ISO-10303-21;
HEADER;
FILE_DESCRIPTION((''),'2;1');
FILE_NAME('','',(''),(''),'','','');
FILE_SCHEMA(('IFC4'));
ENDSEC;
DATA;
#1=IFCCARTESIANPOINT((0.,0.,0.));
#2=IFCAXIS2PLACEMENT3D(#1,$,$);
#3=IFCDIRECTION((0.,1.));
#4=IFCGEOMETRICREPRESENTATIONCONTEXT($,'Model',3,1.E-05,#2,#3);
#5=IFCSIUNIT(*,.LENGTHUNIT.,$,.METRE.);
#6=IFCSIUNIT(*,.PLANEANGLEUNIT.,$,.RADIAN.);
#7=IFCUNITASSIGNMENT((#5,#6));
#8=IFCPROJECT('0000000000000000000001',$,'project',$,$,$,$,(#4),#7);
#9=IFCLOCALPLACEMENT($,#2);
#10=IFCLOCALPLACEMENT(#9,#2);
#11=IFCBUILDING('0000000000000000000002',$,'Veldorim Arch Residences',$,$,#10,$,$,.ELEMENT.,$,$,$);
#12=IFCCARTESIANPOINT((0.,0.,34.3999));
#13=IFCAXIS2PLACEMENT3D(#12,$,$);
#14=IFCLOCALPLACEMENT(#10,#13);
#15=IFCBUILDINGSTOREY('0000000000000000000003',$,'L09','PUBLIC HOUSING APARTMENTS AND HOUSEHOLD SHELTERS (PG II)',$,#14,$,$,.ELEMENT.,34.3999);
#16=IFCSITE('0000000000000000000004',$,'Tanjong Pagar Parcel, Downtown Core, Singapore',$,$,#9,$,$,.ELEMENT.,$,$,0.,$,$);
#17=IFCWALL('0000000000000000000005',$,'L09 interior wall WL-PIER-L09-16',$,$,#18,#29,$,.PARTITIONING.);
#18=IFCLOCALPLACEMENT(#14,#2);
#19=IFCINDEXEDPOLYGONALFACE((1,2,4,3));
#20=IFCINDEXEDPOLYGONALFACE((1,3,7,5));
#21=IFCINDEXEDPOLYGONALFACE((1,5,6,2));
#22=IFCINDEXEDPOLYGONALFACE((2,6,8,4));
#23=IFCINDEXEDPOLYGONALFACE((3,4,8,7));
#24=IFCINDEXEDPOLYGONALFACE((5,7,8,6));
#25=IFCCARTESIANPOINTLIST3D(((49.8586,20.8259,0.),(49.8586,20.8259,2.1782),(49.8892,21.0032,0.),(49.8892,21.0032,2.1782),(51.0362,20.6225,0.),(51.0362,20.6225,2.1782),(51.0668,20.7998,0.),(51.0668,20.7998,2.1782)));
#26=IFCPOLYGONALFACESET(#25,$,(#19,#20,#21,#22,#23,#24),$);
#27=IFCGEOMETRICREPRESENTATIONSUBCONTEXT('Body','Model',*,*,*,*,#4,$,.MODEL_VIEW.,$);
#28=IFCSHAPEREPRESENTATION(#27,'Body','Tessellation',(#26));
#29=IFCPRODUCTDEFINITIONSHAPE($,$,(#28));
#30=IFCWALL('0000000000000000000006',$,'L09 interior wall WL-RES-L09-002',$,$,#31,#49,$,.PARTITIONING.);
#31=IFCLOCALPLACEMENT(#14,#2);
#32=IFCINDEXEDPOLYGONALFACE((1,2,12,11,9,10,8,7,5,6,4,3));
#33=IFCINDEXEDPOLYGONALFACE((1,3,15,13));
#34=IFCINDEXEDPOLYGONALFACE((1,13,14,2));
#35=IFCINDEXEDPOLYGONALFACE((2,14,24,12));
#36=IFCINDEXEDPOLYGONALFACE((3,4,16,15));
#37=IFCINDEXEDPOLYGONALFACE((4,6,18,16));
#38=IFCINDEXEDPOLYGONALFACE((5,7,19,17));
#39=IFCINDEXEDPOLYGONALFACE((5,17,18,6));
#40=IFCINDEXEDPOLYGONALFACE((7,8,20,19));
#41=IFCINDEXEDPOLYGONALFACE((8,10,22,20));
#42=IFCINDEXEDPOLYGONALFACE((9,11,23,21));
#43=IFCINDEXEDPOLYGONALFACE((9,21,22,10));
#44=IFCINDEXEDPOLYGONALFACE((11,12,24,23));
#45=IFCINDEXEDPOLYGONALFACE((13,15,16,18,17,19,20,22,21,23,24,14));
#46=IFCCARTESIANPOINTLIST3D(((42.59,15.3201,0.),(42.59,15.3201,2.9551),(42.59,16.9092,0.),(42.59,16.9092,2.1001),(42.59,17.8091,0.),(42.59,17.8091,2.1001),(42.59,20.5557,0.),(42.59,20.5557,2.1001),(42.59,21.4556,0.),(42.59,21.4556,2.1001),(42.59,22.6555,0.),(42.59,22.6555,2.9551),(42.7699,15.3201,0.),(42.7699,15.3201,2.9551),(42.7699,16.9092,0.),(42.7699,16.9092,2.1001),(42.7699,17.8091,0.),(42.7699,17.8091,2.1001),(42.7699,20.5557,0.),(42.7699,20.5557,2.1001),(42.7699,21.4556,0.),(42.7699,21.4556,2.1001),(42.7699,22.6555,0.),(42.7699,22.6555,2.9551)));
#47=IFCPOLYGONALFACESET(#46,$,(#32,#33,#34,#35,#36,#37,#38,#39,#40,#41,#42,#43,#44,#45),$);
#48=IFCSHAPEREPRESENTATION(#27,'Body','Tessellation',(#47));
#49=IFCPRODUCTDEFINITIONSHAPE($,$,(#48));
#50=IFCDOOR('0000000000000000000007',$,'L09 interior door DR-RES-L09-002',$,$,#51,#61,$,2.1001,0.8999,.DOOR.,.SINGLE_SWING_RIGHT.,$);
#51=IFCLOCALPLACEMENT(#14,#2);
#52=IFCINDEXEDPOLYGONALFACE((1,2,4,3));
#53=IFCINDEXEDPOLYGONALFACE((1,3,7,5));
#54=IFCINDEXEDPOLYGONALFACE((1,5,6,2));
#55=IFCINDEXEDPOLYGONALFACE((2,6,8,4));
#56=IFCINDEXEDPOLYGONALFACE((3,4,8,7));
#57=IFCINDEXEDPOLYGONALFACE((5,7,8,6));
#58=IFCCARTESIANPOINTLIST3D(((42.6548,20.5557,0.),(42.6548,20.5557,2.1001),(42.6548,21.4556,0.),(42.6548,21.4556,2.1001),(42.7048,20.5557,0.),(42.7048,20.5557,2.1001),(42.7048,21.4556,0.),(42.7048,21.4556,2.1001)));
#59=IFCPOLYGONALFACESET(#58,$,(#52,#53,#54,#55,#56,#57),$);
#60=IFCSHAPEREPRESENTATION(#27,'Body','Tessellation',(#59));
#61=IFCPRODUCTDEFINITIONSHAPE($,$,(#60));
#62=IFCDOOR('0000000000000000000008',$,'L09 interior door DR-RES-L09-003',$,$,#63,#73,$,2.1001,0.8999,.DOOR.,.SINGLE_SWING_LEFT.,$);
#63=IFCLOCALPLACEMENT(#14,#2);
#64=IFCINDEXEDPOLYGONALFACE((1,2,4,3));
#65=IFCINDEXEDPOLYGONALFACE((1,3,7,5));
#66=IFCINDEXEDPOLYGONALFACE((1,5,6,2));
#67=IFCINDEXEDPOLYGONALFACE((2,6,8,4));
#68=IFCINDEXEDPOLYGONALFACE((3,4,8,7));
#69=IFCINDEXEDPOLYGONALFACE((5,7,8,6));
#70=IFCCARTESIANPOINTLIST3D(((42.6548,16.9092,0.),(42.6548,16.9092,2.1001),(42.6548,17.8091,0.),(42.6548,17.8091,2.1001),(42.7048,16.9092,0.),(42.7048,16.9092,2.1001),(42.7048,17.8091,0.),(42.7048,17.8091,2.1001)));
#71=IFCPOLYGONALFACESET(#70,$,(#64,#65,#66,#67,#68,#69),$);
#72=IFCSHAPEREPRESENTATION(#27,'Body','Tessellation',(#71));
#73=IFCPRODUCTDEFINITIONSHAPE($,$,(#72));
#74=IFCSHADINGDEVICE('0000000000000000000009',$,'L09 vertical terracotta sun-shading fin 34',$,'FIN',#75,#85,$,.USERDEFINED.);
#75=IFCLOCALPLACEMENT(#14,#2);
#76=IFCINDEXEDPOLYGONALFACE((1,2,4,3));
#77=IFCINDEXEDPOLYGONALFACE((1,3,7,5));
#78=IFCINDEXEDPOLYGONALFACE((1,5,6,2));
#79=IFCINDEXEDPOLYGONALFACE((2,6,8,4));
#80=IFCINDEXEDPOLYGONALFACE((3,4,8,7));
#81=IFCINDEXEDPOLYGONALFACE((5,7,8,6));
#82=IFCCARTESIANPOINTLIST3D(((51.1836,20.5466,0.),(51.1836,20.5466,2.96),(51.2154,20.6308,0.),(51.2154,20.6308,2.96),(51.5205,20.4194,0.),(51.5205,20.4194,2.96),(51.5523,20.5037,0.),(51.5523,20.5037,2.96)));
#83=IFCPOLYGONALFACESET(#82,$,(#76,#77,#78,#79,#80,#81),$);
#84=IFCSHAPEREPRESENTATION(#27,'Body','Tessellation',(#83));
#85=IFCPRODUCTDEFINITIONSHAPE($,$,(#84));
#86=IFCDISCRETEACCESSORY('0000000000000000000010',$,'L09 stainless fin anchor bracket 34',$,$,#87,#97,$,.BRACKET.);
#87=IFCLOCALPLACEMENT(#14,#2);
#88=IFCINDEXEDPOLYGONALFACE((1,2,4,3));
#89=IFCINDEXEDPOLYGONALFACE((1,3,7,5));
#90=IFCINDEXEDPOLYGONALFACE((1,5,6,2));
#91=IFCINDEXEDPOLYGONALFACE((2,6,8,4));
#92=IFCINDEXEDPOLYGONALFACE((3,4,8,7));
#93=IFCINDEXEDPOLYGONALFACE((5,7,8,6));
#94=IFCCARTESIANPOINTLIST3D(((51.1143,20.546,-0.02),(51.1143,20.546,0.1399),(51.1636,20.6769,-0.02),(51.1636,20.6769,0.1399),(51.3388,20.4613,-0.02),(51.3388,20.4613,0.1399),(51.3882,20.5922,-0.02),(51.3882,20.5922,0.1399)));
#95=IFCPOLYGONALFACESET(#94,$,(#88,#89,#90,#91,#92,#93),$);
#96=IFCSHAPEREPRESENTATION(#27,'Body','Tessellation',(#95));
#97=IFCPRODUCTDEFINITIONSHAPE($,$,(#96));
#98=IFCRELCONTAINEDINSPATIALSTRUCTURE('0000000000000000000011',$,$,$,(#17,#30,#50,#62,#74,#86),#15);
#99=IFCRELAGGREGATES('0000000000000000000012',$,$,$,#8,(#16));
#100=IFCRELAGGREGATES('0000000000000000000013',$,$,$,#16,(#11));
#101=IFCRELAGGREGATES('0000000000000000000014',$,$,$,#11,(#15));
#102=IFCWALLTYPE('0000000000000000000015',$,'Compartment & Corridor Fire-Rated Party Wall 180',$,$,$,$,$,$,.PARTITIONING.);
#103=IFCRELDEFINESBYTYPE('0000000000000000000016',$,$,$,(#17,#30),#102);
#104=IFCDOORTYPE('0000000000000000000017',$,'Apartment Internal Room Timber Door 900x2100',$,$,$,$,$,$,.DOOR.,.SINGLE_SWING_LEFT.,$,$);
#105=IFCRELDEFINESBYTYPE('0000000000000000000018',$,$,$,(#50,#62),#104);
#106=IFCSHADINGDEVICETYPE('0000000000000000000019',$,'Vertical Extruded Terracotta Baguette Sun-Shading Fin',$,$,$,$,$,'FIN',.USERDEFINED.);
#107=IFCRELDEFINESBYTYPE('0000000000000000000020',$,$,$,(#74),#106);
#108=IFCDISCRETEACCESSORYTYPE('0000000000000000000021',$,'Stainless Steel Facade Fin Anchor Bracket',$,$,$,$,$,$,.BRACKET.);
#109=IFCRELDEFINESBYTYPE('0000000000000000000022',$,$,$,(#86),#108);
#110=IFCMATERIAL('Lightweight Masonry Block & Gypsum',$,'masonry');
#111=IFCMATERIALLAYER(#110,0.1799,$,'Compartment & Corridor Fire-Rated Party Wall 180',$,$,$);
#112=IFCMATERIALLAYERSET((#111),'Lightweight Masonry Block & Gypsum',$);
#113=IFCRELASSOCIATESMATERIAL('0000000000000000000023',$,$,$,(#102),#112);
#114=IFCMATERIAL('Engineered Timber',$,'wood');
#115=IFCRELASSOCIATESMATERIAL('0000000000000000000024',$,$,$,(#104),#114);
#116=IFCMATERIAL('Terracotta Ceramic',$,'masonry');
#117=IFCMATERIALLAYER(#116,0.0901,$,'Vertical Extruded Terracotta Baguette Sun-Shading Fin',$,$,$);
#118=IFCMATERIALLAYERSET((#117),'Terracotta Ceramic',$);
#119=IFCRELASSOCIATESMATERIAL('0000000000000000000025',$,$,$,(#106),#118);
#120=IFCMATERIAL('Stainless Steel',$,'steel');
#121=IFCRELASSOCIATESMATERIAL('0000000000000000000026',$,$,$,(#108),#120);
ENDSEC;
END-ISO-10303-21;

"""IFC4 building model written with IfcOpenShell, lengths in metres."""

from ifc_helpers import new_model, si_unit, direction, frame, frame_2d, origin, origin_2d, place, context, subcontext, project, spatial, rectangle, extrude, material, layer, layer_set, type_object, element, fill, save


model = new_model("IFC4")

# Units and contexts
model_context = context("Model", 3, precision=1e-05, world=origin(), true_north=direction((0.0, 1.0)))
body_context = subcontext(model_context, "Body", "Model", "MODEL_VIEW")
ifc_project = project(units=[si_unit("LENGTHUNIT", "METRE"), si_unit("PLANEANGLEUNIT", "RADIAN")], contexts=[model_context])

# Site, building, storey
site_placement = place(None, origin())
site = spatial("IfcSite", under=ifc_project, at=site_placement, Name="Tanjong Pagar Parcel, Downtown Core, Singapore", CompositionType="ELEMENT", RefElevation=0.0)
building_placement = place(site_placement, origin())
building = spatial("IfcBuilding", under=site, at=building_placement, Name="Veldorim Arch Residences", CompositionType="ELEMENT")
storey_placement = place(building_placement, frame((0.0, 0.0, 34.3999)))
storey = spatial("IfcBuildingStorey", under=building, at=storey_placement, Name="L09", Description="PUBLIC HOUSING APARTMENTS AND HOUSEHOLD SHELTERS (PG II)", CompositionType="ELEMENT", Elevation=34.3999)

# Wall
ifc_material_1 = material(Name="Lightweight Masonry Block & Gypsum", Category="masonry")
ifc_layer_1 = layer(ifc_material_1, 0.1799, Name="Compartment & Corridor Fire-Rated Party Wall 180")
ifc_layer_set_1 = layer_set([ifc_layer_1], Name="Lightweight Masonry Block & Gypsum")
wall_type_1 = type_object("IfcWallType", Name="Compartment & Corridor Fire-Rated Party Wall 180", PredefinedType="PARTITIONING", material=ifc_layer_set_1)
wall_1_placement = place(storey_placement, frame((49.8738, 20.9146, 0.0), z_axis=(0.0, 0.0, 1.0), x_axis=(0.985416, -0.17016, 0.0)))
element("IfcWall", 1, at=wall_1_placement, inside=storey, type_object=wall_type_1, Name="L09 interior wall WL-PIER-L09-16", PredefinedType="PARTITIONING", context=body_context, shape_type="SweptSolid", body=[
    extrude(rectangle(XDim=1.1951, YDim=0.1799, at=frame_2d((0.5977, 0.0))), origin(), (0.0, 0.0, 1.0), 2.1782),
])

# Wall, openings, doors
wall_2_placement = place(storey_placement, frame((42.6799, 22.6555, 0.0), z_axis=(0.0, 0.0, 1.0), x_axis=(0.0, -1.0, 0.0)))
wall_2 = element("IfcWall", 2, at=wall_2_placement, inside=storey, type_object=wall_type_1, Name="L09 interior wall WL-RES-L09-002", PredefinedType="PARTITIONING", context=body_context, shape_type="SweptSolid", body=[
    extrude(rectangle(XDim=7.3354, YDim=0.1799, at=frame_2d((3.6677, 0.0))), origin(), (0.0, 0.0, 1.0), 2.9551),
])
opening_1_placement = place(wall_2_placement, frame((1.2, 0.0, 0.0)))
opening_1 = element("IfcOpeningElement", 3, at=opening_1_placement, cuts=wall_2, PredefinedType="OPENING", context=body_context, shape_type="SweptSolid", body=[
    extrude(rectangle(XDim=0.8999, YDim=2.1001, at=frame_2d((0.45, 1.05))), frame((0.0, 0.0999, 0.0), z_axis=(0.0, -1.0, 0.0), x_axis=(1.0, 0.0, 0.0)), (0.0, 0.0, 1.0), 0.2),
])
opening_2_placement = place(wall_2_placement, frame((4.8464, 0.0, 0.0)))
opening_2 = element("IfcOpeningElement", 4, at=opening_2_placement, cuts=wall_2, PredefinedType="OPENING", context=body_context, shape_type="SweptSolid", body=[
    extrude(rectangle(XDim=0.8999, YDim=2.1001, at=frame_2d((0.45, 1.05))), frame((0.0, 0.0999, 0.0), z_axis=(0.0, -1.0, 0.0), x_axis=(1.0, 0.0, 0.0)), (0.0, 0.0, 1.0), 0.2),
])
ifc_material_2 = material(Name="Engineered Timber", Category="wood")
door_type_1 = type_object("IfcDoorType", Name="Apartment Internal Room Timber Door 900x2100", OperationType="SINGLE_SWING_LEFT", PredefinedType="DOOR", material=ifc_material_2)
door_1_placement = place(opening_1_placement, origin())
door_1 = element("IfcDoor", 5, at=door_1_placement, inside=storey, type_object=door_type_1, Name="L09 interior door DR-RES-L09-002", OperationType="SINGLE_SWING_RIGHT", OverallHeight=2.1001, OverallWidth=0.8999, PredefinedType="DOOR", context=body_context, shape_type="SweptSolid", body=[
    extrude(rectangle(XDim=0.8999, YDim=2.1001, at=frame_2d((0.45, 1.05))), frame((0.0, 0.0249, 0.0), z_axis=(0.0, -1.0, 0.0), x_axis=(1.0, 0.0, 0.0)), (0.0, 0.0, 1.0), 0.05),
])
fill(opening_1, door_1)
door_2_placement = place(opening_2_placement, origin())
door_2 = element("IfcDoor", 6, at=door_2_placement, inside=storey, type_object=door_type_1, Name="L09 interior door DR-RES-L09-003", OperationType="SINGLE_SWING_LEFT", OverallHeight=2.1001, OverallWidth=0.8999, PredefinedType="DOOR", context=body_context, shape_type="SweptSolid", body=[
    extrude(rectangle(XDim=0.8999, YDim=2.1001, at=frame_2d((0.45, 1.05))), frame((0.0, 0.0249, 0.0), z_axis=(0.0, -1.0, 0.0), x_axis=(1.0, 0.0, 0.0)), (0.0, 0.0, 1.0), 0.05),
])
fill(opening_2, door_2)

# Shading device
ifc_material_3 = material(Name="Terracotta Ceramic", Category="masonry")
ifc_layer_2 = layer(ifc_material_3, 0.0901, Name="Vertical Extruded Terracotta Baguette Sun-Shading Fin")
ifc_layer_set_2 = layer_set([ifc_layer_2], Name="Terracotta Ceramic")
shading_device_type = type_object("IfcShadingDeviceType", Name="Vertical Extruded Terracotta Baguette Sun-Shading Fin", ElementType="FIN", PredefinedType="USERDEFINED", material=ifc_layer_set_2)
shading_device_placement = place(storey_placement, frame((51.3679, 20.5251, 0.0), z_axis=(0.0, 0.0, 1.0), x_axis=(-0.352985, -0.935629, 0.0)))
element("IfcShadingDevice", 7, at=shading_device_placement, inside=storey, type_object=shading_device_type, Name="L09 vertical terracotta sun-shading fin 34", ObjectType="FIN", PredefinedType="USERDEFINED", context=body_context, shape_type="SweptSolid", body=[
    extrude(rectangle(XDim=0.0901, YDim=0.3601, at=origin_2d()), origin(), (0.0, 0.0, 1.0), 2.96),
])

# Discrete accessory
ifc_material_4 = material(Name="Stainless Steel", Category="steel")
discrete_accessory_type = type_object("IfcDiscreteAccessoryType", Name="Stainless Steel Facade Fin Anchor Bracket", PredefinedType="BRACKET", material=ifc_material_4)
discrete_accessory_placement = place(storey_placement, frame((51.2512, 20.5691, -0.02), z_axis=(0.0, 0.0, 1.0), x_axis=(-0.352985, -0.935629, 0.0)))
element("IfcDiscreteAccessory", 8, at=discrete_accessory_placement, inside=storey, type_object=discrete_accessory_type, Name="L09 stainless fin anchor bracket 34", PredefinedType="BRACKET", context=body_context, shape_type="SweptSolid", body=[
    extrude(rectangle(XDim=0.1399, YDim=0.24, at=origin_2d()), origin(), (0.0, 0.0, 1.0), 0.1599),
])

save(model, "model.ifc")
